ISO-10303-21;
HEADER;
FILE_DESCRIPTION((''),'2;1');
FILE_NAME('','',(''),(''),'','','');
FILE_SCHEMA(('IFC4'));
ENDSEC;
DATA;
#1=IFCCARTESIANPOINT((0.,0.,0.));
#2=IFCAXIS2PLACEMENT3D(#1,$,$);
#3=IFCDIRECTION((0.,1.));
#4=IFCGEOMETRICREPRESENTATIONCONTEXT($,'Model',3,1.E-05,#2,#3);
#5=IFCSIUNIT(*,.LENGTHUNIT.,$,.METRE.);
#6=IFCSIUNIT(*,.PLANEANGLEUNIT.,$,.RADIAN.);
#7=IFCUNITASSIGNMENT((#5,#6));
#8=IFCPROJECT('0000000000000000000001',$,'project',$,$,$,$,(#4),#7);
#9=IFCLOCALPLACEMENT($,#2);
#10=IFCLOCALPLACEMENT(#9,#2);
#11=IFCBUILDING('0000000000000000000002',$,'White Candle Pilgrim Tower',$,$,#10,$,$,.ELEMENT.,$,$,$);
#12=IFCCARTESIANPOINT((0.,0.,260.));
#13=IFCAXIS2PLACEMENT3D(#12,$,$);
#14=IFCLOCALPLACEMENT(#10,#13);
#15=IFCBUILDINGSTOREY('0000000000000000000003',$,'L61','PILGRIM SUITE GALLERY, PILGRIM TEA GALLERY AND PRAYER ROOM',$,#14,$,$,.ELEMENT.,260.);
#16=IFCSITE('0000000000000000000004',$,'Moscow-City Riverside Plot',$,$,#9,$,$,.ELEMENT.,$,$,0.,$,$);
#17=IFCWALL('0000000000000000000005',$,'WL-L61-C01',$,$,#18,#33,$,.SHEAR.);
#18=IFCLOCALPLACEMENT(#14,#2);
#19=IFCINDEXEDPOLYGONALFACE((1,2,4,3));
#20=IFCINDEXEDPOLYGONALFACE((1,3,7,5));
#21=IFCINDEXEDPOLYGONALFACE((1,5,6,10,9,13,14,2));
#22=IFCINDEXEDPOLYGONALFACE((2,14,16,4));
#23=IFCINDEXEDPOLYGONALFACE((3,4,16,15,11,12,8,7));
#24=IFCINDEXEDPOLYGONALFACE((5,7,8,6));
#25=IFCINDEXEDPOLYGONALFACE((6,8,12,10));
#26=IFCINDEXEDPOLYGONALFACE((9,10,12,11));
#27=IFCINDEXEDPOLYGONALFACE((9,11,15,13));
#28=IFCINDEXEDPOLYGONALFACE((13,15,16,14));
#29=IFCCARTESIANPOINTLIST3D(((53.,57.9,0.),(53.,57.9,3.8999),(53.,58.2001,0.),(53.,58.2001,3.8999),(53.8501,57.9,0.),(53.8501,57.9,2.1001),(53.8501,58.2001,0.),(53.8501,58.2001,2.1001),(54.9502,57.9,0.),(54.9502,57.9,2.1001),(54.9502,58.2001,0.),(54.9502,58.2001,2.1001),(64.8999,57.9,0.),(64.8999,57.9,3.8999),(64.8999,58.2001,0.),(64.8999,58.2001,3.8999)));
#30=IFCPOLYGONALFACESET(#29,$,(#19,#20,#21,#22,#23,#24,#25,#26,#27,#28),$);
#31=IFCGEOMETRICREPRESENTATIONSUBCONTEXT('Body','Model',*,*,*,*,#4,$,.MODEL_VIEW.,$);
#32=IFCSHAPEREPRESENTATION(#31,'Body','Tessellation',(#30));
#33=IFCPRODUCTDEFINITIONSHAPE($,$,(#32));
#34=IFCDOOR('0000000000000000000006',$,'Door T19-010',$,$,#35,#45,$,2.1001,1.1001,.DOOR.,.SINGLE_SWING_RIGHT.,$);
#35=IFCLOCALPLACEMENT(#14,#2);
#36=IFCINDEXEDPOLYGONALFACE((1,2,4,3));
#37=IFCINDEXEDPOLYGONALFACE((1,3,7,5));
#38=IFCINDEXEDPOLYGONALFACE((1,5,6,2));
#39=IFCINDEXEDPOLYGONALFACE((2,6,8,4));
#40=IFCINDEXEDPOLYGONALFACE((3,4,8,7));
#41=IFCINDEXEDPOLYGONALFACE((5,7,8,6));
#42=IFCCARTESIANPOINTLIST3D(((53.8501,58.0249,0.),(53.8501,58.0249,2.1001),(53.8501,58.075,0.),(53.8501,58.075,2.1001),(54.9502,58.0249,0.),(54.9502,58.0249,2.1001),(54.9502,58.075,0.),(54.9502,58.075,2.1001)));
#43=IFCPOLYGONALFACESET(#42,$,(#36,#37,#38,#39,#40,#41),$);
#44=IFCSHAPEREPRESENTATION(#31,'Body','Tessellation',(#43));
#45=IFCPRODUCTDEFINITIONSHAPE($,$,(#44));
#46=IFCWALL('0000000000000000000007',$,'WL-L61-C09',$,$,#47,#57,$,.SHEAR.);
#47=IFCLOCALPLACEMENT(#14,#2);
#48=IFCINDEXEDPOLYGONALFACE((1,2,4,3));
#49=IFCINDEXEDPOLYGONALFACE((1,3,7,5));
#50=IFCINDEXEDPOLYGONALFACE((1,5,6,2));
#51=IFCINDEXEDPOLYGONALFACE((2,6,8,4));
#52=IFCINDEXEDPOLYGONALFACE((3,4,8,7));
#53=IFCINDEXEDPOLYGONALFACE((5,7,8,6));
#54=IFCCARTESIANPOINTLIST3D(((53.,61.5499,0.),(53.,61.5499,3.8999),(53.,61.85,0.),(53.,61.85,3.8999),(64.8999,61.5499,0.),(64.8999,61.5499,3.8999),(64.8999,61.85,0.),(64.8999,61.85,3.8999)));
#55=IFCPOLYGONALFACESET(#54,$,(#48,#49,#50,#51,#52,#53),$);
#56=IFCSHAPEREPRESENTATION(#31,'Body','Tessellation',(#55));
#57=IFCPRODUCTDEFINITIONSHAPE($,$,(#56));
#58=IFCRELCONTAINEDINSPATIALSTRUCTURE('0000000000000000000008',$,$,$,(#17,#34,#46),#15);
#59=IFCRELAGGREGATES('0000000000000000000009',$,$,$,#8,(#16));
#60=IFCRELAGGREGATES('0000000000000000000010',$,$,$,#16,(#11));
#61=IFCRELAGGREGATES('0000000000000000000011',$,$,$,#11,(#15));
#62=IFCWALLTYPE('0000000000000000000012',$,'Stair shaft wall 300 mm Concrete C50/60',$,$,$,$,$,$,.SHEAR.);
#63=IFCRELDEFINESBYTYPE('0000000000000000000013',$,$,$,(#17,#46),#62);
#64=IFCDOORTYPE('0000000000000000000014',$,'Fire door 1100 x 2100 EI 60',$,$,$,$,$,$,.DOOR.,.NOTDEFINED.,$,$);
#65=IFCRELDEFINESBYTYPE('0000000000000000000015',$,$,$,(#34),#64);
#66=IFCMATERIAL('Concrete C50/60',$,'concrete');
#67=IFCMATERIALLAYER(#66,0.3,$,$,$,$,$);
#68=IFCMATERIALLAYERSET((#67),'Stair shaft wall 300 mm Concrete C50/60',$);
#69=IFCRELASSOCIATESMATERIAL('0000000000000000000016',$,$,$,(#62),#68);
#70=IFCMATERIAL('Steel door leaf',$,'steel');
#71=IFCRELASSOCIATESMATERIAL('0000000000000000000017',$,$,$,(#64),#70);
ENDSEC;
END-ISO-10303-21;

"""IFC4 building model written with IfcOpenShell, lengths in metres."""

from ifc_helpers import new_model, si_unit, direction, frame, frame_2d, origin, place, context, subcontext, project, spatial, rectangle, extrude, material, layer, layer_set, type_object, element, fill, save


model = new_model("IFC4")

# Units and contexts
model_context = context("Model", 3, precision=1e-05, world=origin(), true_north=direction((0.0, 1.0)))
body_context = subcontext(model_context, "Body", "Model", "MODEL_VIEW")
ifc_project = project(units=[si_unit("LENGTHUNIT", "METRE"), si_unit("PLANEANGLEUNIT", "RADIAN")], contexts=[model_context])

# Site, building, storey
site_placement = place(None, origin())
site = spatial("IfcSite", under=ifc_project, at=site_placement, Name="Moscow-City Riverside Plot", CompositionType="ELEMENT", RefElevation=0.0)
building_placement = place(site_placement, origin())
building = spatial("IfcBuilding", under=site, at=building_placement, Name="White Candle Pilgrim Tower", CompositionType="ELEMENT")
storey_placement = place(building_placement, frame((0.0, 0.0, 260.0)))
storey = spatial("IfcBuildingStorey", under=building, at=storey_placement, Name="L61", Description="PILGRIM SUITE GALLERY, PILGRIM TEA GALLERY AND PRAYER ROOM", CompositionType="ELEMENT", Elevation=260.0)

# Shared definitions
ifc_material_1 = material(Name="Steel door leaf", Category="steel")

# Wall, opening, door
ifc_material_2 = material(Name="Concrete C50/60", Category="concrete")
ifc_layer_1 = layer(ifc_material_2, 0.3)
ifc_layer_set_1 = layer_set([ifc_layer_1], Name="Stair shaft wall 300 mm Concrete C50/60")
wall_type_1 = type_object("IfcWallType", Name="Stair shaft wall 300 mm Concrete C50/60", PredefinedType="SHEAR", material=ifc_layer_set_1)
wall_1_placement = place(storey_placement, frame((53.0, 58.05, 0.0), z_axis=(0.0, 0.0, 1.0), x_axis=(1.0, 0.0, 0.0)))
wall_1 = element("IfcWall", 1, at=wall_1_placement, inside=storey, type_object=wall_type_1, Name="WL-L61-C01", PredefinedType="SHEAR", context=body_context, shape_type="SweptSolid", body=[
    extrude(rectangle(XDim=11.8999, YDim=0.3, at=frame_2d((5.95, 0.0))), origin(), (0.0, 0.0, 1.0), 3.8999),
])
opening_1_placement = place(wall_1_placement, frame((0.8501, 0.0, 0.0)))
opening_1 = element("IfcOpeningElement", 2, at=opening_1_placement, cuts=wall_1, PredefinedType="OPENING", context=body_context, shape_type="SweptSolid", body=[
    extrude(rectangle(XDim=1.1001, YDim=2.1001, at=frame_2d((0.55, 1.05))), frame((0.0, 0.1599, 0.0), z_axis=(0.0, -1.0, 0.0), x_axis=(1.0, 0.0, 0.0)), (0.0, 0.0, 1.0), 0.3201),
])
door_type_1 = type_object("IfcDoorType", Name="Fire door 1100 x 2100 EI 60", OperationType="NOTDEFINED", PredefinedType="DOOR", material=ifc_material_1)
door_1_placement = place(opening_1_placement, origin())
door_1 = element("IfcDoor", 3, at=door_1_placement, inside=storey, type_object=door_type_1, Name="Door T19-010", OperationType="SINGLE_SWING_RIGHT", OverallHeight=2.1001, OverallWidth=1.1001, PredefinedType="DOOR", context=body_context, shape_type="SweptSolid", body=[
    extrude(rectangle(XDim=1.1001, YDim=2.1001, at=frame_2d((0.55, 1.05))), frame((0.0, 0.0249, 0.0), z_axis=(0.0, -1.0, 0.0), x_axis=(1.0, 0.0, 0.0)), (0.0, 0.0, 1.0), 0.05),
])
fill(opening_1, door_1)

# Wall
wall_2_placement = place(storey_placement, frame((53.0, 61.7, 0.0), z_axis=(0.0, 0.0, 1.0), x_axis=(1.0, 0.0, 0.0)))
element("IfcWall", 4, at=wall_2_placement, inside=storey, type_object=wall_type_1, Name="WL-L61-C09", PredefinedType="SHEAR", context=body_context, shape_type="SweptSolid", body=[
    extrude(rectangle(XDim=11.8999, YDim=0.3, at=frame_2d((5.95, 0.0))), origin(), (0.0, 0.0, 1.0), 3.8999),
])

save(model, "model.ifc")
